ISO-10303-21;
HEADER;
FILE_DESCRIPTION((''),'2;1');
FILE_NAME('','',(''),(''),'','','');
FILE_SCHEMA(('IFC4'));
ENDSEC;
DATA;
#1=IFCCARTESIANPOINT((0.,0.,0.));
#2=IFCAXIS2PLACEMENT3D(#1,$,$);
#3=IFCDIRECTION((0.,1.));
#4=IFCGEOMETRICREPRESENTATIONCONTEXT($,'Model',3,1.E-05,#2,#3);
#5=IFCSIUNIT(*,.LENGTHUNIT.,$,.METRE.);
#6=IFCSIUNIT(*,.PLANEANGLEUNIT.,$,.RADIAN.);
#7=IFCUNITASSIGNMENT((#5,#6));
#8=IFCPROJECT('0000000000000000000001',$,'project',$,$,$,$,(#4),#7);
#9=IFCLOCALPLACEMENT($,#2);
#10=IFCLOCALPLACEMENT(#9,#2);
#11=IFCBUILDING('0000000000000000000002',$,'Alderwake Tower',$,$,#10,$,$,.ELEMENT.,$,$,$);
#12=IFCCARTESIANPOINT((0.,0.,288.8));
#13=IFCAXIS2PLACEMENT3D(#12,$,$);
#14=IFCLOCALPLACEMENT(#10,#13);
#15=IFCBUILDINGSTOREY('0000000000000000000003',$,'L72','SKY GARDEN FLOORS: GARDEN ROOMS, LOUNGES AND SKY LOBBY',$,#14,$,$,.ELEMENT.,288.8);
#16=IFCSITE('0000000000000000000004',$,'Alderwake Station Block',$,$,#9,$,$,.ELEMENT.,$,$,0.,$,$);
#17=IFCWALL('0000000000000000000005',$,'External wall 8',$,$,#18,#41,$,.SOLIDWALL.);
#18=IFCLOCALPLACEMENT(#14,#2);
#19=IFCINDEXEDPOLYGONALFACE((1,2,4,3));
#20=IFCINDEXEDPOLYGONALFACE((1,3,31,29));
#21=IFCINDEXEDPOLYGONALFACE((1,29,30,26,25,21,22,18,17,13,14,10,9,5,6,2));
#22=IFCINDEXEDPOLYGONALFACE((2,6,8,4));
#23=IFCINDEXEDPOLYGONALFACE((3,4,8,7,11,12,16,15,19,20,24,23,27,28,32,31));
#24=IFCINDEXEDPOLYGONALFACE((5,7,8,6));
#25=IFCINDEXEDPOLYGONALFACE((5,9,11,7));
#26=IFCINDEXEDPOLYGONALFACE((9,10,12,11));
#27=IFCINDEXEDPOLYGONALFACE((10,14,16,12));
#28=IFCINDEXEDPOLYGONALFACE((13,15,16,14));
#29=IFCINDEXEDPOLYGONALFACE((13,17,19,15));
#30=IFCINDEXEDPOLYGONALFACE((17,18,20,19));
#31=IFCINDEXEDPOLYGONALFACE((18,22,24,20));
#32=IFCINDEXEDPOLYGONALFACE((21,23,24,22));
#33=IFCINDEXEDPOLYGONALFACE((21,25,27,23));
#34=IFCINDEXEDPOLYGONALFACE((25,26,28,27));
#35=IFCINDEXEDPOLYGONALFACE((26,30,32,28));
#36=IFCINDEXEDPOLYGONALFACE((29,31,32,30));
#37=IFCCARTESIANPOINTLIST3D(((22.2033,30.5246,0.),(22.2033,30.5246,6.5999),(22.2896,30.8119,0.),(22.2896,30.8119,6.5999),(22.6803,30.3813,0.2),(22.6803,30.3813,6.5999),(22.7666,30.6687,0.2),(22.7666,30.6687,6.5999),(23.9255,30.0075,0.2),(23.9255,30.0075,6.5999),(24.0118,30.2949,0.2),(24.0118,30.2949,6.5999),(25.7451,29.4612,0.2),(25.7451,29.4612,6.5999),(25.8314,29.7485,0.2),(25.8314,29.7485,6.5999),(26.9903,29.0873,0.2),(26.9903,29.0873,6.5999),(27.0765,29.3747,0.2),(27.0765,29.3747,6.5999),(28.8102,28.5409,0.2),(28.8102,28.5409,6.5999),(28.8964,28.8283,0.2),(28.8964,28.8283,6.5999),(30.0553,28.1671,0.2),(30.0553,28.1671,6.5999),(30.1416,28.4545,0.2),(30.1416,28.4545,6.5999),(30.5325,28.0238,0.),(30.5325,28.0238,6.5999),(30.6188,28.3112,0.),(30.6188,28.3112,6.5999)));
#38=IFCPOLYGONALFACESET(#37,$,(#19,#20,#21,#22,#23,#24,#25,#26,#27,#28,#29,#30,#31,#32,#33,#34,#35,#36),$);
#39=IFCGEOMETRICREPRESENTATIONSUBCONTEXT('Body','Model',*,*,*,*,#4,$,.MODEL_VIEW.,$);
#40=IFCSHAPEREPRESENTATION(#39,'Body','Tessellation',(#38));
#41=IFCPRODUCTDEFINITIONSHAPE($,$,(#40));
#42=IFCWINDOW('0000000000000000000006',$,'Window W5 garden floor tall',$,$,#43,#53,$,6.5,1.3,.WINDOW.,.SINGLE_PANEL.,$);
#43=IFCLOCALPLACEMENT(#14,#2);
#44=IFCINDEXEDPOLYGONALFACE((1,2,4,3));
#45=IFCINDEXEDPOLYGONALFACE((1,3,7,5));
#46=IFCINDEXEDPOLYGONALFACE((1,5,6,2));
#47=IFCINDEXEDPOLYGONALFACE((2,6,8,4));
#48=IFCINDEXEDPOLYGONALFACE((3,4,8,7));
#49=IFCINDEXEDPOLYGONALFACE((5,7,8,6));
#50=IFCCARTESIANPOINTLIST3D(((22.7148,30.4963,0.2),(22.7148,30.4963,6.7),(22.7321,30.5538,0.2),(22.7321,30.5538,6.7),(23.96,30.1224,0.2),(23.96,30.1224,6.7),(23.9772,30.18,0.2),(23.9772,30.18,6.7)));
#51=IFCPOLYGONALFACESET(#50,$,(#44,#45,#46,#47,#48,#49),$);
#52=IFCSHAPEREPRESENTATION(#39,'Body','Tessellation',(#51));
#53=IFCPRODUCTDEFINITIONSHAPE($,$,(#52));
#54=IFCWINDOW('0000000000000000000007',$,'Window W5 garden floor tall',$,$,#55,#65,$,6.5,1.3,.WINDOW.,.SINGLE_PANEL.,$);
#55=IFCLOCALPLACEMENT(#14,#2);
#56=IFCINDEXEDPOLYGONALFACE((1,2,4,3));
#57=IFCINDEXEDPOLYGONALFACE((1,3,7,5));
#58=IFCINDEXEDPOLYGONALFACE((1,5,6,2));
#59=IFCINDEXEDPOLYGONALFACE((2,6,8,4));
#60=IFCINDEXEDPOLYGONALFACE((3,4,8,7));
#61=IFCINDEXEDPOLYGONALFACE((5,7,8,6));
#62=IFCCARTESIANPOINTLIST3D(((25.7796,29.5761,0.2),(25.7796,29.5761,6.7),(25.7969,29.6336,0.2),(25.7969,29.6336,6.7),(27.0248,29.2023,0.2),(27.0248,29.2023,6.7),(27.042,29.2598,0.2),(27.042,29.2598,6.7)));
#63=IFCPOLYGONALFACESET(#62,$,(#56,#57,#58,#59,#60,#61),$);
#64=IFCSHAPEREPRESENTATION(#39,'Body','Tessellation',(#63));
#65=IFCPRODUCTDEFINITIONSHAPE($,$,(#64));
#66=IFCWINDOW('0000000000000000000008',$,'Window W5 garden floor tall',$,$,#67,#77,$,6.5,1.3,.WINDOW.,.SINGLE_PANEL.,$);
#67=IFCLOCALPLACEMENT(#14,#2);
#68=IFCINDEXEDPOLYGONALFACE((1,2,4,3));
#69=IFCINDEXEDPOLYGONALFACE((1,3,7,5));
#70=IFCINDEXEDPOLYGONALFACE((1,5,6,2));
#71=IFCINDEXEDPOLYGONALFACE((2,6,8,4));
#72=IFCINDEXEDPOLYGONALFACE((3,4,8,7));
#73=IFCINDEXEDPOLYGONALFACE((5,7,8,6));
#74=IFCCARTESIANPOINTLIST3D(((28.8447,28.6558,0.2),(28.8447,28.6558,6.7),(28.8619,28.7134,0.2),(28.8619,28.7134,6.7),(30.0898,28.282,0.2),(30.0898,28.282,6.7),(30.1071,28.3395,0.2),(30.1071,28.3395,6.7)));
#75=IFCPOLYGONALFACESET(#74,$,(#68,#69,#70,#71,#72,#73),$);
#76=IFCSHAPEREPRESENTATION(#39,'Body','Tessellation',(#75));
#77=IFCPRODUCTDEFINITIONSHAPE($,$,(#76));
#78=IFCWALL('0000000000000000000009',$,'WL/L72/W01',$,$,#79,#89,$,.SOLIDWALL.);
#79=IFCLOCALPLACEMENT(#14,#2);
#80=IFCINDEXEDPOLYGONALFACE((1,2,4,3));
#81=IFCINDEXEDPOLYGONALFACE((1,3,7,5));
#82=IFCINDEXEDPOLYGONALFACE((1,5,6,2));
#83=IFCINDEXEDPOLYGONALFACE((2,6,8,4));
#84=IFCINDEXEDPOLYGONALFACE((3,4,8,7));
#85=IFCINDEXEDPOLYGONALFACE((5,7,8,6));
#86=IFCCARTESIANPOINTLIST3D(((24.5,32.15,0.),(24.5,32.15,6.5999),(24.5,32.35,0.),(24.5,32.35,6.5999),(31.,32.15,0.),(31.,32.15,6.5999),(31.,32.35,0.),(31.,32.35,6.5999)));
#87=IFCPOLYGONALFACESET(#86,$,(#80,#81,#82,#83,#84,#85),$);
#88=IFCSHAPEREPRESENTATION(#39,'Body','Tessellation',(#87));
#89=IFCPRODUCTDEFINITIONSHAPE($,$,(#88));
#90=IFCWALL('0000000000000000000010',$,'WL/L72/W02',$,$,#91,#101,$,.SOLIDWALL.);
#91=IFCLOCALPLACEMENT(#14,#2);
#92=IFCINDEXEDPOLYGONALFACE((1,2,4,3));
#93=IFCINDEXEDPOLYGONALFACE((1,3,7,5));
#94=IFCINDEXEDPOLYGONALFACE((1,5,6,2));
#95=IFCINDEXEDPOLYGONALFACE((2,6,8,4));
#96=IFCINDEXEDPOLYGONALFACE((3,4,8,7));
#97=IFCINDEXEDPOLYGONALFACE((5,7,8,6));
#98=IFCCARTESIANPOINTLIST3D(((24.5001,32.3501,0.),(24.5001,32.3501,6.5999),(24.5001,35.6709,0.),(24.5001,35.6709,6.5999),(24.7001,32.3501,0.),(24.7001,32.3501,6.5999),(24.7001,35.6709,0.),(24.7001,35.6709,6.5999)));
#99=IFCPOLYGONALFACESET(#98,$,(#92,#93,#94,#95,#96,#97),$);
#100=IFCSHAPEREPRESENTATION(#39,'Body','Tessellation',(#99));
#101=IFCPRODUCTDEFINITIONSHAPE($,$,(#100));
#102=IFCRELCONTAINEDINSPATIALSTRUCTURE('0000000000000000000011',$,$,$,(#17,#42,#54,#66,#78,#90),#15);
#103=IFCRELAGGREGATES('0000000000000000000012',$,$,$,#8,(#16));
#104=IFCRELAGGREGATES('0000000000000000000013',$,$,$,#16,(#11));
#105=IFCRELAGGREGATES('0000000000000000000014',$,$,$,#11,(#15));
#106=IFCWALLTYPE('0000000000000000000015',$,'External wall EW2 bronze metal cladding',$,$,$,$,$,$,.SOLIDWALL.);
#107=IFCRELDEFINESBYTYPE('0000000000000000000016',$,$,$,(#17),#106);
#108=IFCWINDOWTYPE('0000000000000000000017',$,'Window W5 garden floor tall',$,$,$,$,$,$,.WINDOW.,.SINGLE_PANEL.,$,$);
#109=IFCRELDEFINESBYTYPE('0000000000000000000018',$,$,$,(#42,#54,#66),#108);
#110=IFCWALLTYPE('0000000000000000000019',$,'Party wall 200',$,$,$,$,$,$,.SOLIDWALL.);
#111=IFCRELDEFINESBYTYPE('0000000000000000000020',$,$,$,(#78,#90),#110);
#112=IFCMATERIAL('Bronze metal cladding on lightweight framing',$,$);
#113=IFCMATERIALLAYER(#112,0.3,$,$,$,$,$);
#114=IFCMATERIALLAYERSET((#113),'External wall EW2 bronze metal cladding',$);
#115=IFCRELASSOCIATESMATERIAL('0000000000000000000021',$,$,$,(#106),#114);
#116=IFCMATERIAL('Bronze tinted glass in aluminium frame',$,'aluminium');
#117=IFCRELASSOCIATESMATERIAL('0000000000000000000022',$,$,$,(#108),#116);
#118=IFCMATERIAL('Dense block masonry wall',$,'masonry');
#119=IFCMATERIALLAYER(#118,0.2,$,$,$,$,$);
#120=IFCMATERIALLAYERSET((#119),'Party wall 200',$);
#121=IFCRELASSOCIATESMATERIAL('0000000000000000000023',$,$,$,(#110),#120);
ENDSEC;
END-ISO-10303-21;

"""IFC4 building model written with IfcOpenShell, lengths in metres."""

from ifc_helpers import new_model, si_unit, direction, frame, frame_2d, origin, place, context, subcontext, project, spatial, rectangle, extrude, material, layer, layer_set, type_object, element, fill, save


model = new_model("IFC4")

# Units and contexts
model_context = context("Model", 3, precision=1e-05, world=origin(), true_north=direction((0.0, 1.0)))
body_context = subcontext(model_context, "Body", "Model", "MODEL_VIEW")
ifc_project = project(units=[si_unit("LENGTHUNIT", "METRE"), si_unit("PLANEANGLEUNIT", "RADIAN")], contexts=[model_context])

# Site, building, storey
site_placement = place(None, origin())
site = spatial("IfcSite", under=ifc_project, at=site_placement, Name="Alderwake Station Block", CompositionType="ELEMENT", RefElevation=0.0)
building_placement = place(site_placement, origin())
building = spatial("IfcBuilding", under=site, at=building_placement, Name="Alderwake Tower", CompositionType="ELEMENT")
storey_placement = place(building_placement, frame((0.0, 0.0, 288.8)))
storey = spatial("IfcBuildingStorey", under=building, at=storey_placement, Name="L72", Description="SKY GARDEN FLOORS: GARDEN ROOMS, LOUNGES AND SKY LOBBY", CompositionType="ELEMENT", Elevation=288.8)

# Shared definitions
ifc_material_1 = material(Name="Bronze metal cladding on lightweight framing")
ifc_layer_1 = layer(ifc_material_1, 0.3)
ifc_layer_set_1 = layer_set([ifc_layer_1], Name="External wall EW2 bronze metal cladding")
wall_type_1 = type_object("IfcWallType", Name="External wall EW2 bronze metal cladding", PredefinedType="SOLIDWALL", material=ifc_layer_set_1)
ifc_material_2 = material(Name="Bronze tinted glass in aluminium frame", Category="aluminium")
window_type = type_object("IfcWindowType", Name="Window W5 garden floor tall", PartitioningType="SINGLE_PANEL", PredefinedType="WINDOW", material=ifc_material_2)

# Wall, openings, windows
wall_1_placement = place(storey_placement, frame((22.2466, 30.6682, 0.0), z_axis=(0.0, 0.0, 1.0), x_axis=(0.957763, -0.287559, 0.0)))
wall_1 = element("IfcWall", 1, at=wall_1_placement, inside=storey, type_object=wall_type_1, Name="External wall 8", PredefinedType="SOLIDWALL", context=body_context, shape_type="SweptSolid", body=[
    extrude(rectangle(XDim=8.6965, YDim=0.3, at=frame_2d((4.3481, 0.0))), origin(), (0.0, 0.0, 1.0), 6.5999),
])
opening_1_placement = place(wall_1_placement, frame((0.498, 0.0, 0.2)))
opening_1 = element("IfcOpeningElement", 2, at=opening_1_placement, cuts=wall_1, PredefinedType="OPENING", context=body_context, shape_type="SweptSolid", body=[
    extrude(rectangle(XDim=1.3, YDim=6.5, at=frame_2d((0.6499, 3.25))), frame((0.0, 0.1599, 0.0), z_axis=(0.0, -1.0, 0.0), x_axis=(1.0, 0.0, 0.0)), (0.0, 0.0, 1.0), 0.3201),
])
opening_2_placement = place(wall_1_placement, frame((3.698, 0.0, 0.2)))
opening_2 = element("IfcOpeningElement", 3, at=opening_2_placement, cuts=wall_1, PredefinedType="OPENING", context=body_context, shape_type="SweptSolid", body=[
    extrude(rectangle(XDim=1.3, YDim=6.5, at=frame_2d((0.6499, 3.25))), frame((0.0, 0.1599, 0.0), z_axis=(0.0, -1.0, 0.0), x_axis=(1.0, 0.0, 0.0)), (0.0, 0.0, 1.0), 0.3201),
])
opening_3_placement = place(wall_1_placement, frame((6.8982, 0.0, 0.2)))
opening_3 = element("IfcOpeningElement", 4, at=opening_3_placement, cuts=wall_1, PredefinedType="OPENING", context=body_context, shape_type="SweptSolid", body=[
    extrude(rectangle(XDim=1.3, YDim=6.5, at=frame_2d((0.6499, 3.25))), frame((0.0, 0.1599, 0.0), z_axis=(0.0, -1.0, 0.0), x_axis=(1.0, 0.0, 0.0)), (0.0, 0.0, 1.0), 0.3201),
])
window_1_placement = place(opening_1_placement, origin())
window_1 = element("IfcWindow", 5, at=window_1_placement, inside=storey, type_object=window_type, Name="Window W5 garden floor tall", OverallHeight=6.5, OverallWidth=1.3, PartitioningType="SINGLE_PANEL", PredefinedType="WINDOW", context=body_context, shape_type="SweptSolid", body=[
    extrude(rectangle(XDim=1.3, YDim=6.5, at=frame_2d((0.6499, 3.25))), frame((0.0, 0.03, 0.0), z_axis=(0.0, -1.0, 0.0), x_axis=(1.0, 0.0, 0.0)), (0.0, 0.0, 1.0), 0.0601),
])
fill(opening_1, window_1)
window_2_placement = place(opening_2_placement, origin())
window_2 = element("IfcWindow", 6, at=window_2_placement, inside=storey, type_object=window_type, Name="Window W5 garden floor tall", OverallHeight=6.5, OverallWidth=1.3, PartitioningType="SINGLE_PANEL", PredefinedType="WINDOW", context=body_context, shape_type="SweptSolid", body=[
    extrude(rectangle(XDim=1.3, YDim=6.5, at=frame_2d((0.6499, 3.25))), frame((0.0, 0.03, 0.0), z_axis=(0.0, -1.0, 0.0), x_axis=(1.0, 0.0, 0.0)), (0.0, 0.0, 1.0), 0.0601),
])
fill(opening_2, window_2)
window_3_placement = place(opening_3_placement, origin())
window_3 = element("IfcWindow", 7, at=window_3_placement, inside=storey, type_object=window_type, Name="Window W5 garden floor tall", OverallHeight=6.5, OverallWidth=1.3, PartitioningType="SINGLE_PANEL", PredefinedType="WINDOW", context=body_context, shape_type="SweptSolid", body=[
    extrude(rectangle(XDim=1.3, YDim=6.5, at=frame_2d((0.6499, 3.25))), frame((0.0, 0.03, 0.0), z_axis=(0.0, -1.0, 0.0), x_axis=(1.0, 0.0, 0.0)), (0.0, 0.0, 1.0), 0.0601),
])
fill(opening_3, window_3)

# Walls
ifc_material_3 = material(Name="Dense block masonry wall", Category="masonry")
ifc_layer_2 = layer(ifc_material_3, 0.2)
ifc_layer_set_2 = layer_set([ifc_layer_2], Name="Party wall 200")
wall_type_2 = type_object("IfcWallType", Name="Party wall 200", PredefinedType="SOLIDWALL", material=ifc_layer_set_2)
wall_2_placement = place(storey_placement, frame((24.5, 32.25, 0.0), z_axis=(0.0, 0.0, 1.0), x_axis=(1.0, 0.0, 0.0)))
element("IfcWall", 8, at=wall_2_placement, inside=storey, type_object=wall_type_2, Name="WL/L72/W01", PredefinedType="SOLIDWALL", context=body_context, shape_type="SweptSolid", body=[
    extrude(rectangle(XDim=6.5, YDim=0.2, at=frame_2d((3.25, 0.0))), origin(), (0.0, 0.0, 1.0), 6.5999),
])
wall_3_placement = place(storey_placement, frame((24.6001, 35.6709, 0.0), z_axis=(0.0, 0.0, 1.0), x_axis=(0.0, -1.0, 0.0)))
element("IfcWall", 9, at=wall_3_placement, inside=storey, type_object=wall_type_2, Name="WL/L72/W02", PredefinedType="SOLIDWALL", context=body_context, shape_type="SweptSolid", body=[
    extrude(rectangle(XDim=3.3208, YDim=0.2, at=frame_2d((1.6604, 0.0))), origin(), (0.0, 0.0, 1.0), 6.5999),
])

save(model, "model.ifc")
